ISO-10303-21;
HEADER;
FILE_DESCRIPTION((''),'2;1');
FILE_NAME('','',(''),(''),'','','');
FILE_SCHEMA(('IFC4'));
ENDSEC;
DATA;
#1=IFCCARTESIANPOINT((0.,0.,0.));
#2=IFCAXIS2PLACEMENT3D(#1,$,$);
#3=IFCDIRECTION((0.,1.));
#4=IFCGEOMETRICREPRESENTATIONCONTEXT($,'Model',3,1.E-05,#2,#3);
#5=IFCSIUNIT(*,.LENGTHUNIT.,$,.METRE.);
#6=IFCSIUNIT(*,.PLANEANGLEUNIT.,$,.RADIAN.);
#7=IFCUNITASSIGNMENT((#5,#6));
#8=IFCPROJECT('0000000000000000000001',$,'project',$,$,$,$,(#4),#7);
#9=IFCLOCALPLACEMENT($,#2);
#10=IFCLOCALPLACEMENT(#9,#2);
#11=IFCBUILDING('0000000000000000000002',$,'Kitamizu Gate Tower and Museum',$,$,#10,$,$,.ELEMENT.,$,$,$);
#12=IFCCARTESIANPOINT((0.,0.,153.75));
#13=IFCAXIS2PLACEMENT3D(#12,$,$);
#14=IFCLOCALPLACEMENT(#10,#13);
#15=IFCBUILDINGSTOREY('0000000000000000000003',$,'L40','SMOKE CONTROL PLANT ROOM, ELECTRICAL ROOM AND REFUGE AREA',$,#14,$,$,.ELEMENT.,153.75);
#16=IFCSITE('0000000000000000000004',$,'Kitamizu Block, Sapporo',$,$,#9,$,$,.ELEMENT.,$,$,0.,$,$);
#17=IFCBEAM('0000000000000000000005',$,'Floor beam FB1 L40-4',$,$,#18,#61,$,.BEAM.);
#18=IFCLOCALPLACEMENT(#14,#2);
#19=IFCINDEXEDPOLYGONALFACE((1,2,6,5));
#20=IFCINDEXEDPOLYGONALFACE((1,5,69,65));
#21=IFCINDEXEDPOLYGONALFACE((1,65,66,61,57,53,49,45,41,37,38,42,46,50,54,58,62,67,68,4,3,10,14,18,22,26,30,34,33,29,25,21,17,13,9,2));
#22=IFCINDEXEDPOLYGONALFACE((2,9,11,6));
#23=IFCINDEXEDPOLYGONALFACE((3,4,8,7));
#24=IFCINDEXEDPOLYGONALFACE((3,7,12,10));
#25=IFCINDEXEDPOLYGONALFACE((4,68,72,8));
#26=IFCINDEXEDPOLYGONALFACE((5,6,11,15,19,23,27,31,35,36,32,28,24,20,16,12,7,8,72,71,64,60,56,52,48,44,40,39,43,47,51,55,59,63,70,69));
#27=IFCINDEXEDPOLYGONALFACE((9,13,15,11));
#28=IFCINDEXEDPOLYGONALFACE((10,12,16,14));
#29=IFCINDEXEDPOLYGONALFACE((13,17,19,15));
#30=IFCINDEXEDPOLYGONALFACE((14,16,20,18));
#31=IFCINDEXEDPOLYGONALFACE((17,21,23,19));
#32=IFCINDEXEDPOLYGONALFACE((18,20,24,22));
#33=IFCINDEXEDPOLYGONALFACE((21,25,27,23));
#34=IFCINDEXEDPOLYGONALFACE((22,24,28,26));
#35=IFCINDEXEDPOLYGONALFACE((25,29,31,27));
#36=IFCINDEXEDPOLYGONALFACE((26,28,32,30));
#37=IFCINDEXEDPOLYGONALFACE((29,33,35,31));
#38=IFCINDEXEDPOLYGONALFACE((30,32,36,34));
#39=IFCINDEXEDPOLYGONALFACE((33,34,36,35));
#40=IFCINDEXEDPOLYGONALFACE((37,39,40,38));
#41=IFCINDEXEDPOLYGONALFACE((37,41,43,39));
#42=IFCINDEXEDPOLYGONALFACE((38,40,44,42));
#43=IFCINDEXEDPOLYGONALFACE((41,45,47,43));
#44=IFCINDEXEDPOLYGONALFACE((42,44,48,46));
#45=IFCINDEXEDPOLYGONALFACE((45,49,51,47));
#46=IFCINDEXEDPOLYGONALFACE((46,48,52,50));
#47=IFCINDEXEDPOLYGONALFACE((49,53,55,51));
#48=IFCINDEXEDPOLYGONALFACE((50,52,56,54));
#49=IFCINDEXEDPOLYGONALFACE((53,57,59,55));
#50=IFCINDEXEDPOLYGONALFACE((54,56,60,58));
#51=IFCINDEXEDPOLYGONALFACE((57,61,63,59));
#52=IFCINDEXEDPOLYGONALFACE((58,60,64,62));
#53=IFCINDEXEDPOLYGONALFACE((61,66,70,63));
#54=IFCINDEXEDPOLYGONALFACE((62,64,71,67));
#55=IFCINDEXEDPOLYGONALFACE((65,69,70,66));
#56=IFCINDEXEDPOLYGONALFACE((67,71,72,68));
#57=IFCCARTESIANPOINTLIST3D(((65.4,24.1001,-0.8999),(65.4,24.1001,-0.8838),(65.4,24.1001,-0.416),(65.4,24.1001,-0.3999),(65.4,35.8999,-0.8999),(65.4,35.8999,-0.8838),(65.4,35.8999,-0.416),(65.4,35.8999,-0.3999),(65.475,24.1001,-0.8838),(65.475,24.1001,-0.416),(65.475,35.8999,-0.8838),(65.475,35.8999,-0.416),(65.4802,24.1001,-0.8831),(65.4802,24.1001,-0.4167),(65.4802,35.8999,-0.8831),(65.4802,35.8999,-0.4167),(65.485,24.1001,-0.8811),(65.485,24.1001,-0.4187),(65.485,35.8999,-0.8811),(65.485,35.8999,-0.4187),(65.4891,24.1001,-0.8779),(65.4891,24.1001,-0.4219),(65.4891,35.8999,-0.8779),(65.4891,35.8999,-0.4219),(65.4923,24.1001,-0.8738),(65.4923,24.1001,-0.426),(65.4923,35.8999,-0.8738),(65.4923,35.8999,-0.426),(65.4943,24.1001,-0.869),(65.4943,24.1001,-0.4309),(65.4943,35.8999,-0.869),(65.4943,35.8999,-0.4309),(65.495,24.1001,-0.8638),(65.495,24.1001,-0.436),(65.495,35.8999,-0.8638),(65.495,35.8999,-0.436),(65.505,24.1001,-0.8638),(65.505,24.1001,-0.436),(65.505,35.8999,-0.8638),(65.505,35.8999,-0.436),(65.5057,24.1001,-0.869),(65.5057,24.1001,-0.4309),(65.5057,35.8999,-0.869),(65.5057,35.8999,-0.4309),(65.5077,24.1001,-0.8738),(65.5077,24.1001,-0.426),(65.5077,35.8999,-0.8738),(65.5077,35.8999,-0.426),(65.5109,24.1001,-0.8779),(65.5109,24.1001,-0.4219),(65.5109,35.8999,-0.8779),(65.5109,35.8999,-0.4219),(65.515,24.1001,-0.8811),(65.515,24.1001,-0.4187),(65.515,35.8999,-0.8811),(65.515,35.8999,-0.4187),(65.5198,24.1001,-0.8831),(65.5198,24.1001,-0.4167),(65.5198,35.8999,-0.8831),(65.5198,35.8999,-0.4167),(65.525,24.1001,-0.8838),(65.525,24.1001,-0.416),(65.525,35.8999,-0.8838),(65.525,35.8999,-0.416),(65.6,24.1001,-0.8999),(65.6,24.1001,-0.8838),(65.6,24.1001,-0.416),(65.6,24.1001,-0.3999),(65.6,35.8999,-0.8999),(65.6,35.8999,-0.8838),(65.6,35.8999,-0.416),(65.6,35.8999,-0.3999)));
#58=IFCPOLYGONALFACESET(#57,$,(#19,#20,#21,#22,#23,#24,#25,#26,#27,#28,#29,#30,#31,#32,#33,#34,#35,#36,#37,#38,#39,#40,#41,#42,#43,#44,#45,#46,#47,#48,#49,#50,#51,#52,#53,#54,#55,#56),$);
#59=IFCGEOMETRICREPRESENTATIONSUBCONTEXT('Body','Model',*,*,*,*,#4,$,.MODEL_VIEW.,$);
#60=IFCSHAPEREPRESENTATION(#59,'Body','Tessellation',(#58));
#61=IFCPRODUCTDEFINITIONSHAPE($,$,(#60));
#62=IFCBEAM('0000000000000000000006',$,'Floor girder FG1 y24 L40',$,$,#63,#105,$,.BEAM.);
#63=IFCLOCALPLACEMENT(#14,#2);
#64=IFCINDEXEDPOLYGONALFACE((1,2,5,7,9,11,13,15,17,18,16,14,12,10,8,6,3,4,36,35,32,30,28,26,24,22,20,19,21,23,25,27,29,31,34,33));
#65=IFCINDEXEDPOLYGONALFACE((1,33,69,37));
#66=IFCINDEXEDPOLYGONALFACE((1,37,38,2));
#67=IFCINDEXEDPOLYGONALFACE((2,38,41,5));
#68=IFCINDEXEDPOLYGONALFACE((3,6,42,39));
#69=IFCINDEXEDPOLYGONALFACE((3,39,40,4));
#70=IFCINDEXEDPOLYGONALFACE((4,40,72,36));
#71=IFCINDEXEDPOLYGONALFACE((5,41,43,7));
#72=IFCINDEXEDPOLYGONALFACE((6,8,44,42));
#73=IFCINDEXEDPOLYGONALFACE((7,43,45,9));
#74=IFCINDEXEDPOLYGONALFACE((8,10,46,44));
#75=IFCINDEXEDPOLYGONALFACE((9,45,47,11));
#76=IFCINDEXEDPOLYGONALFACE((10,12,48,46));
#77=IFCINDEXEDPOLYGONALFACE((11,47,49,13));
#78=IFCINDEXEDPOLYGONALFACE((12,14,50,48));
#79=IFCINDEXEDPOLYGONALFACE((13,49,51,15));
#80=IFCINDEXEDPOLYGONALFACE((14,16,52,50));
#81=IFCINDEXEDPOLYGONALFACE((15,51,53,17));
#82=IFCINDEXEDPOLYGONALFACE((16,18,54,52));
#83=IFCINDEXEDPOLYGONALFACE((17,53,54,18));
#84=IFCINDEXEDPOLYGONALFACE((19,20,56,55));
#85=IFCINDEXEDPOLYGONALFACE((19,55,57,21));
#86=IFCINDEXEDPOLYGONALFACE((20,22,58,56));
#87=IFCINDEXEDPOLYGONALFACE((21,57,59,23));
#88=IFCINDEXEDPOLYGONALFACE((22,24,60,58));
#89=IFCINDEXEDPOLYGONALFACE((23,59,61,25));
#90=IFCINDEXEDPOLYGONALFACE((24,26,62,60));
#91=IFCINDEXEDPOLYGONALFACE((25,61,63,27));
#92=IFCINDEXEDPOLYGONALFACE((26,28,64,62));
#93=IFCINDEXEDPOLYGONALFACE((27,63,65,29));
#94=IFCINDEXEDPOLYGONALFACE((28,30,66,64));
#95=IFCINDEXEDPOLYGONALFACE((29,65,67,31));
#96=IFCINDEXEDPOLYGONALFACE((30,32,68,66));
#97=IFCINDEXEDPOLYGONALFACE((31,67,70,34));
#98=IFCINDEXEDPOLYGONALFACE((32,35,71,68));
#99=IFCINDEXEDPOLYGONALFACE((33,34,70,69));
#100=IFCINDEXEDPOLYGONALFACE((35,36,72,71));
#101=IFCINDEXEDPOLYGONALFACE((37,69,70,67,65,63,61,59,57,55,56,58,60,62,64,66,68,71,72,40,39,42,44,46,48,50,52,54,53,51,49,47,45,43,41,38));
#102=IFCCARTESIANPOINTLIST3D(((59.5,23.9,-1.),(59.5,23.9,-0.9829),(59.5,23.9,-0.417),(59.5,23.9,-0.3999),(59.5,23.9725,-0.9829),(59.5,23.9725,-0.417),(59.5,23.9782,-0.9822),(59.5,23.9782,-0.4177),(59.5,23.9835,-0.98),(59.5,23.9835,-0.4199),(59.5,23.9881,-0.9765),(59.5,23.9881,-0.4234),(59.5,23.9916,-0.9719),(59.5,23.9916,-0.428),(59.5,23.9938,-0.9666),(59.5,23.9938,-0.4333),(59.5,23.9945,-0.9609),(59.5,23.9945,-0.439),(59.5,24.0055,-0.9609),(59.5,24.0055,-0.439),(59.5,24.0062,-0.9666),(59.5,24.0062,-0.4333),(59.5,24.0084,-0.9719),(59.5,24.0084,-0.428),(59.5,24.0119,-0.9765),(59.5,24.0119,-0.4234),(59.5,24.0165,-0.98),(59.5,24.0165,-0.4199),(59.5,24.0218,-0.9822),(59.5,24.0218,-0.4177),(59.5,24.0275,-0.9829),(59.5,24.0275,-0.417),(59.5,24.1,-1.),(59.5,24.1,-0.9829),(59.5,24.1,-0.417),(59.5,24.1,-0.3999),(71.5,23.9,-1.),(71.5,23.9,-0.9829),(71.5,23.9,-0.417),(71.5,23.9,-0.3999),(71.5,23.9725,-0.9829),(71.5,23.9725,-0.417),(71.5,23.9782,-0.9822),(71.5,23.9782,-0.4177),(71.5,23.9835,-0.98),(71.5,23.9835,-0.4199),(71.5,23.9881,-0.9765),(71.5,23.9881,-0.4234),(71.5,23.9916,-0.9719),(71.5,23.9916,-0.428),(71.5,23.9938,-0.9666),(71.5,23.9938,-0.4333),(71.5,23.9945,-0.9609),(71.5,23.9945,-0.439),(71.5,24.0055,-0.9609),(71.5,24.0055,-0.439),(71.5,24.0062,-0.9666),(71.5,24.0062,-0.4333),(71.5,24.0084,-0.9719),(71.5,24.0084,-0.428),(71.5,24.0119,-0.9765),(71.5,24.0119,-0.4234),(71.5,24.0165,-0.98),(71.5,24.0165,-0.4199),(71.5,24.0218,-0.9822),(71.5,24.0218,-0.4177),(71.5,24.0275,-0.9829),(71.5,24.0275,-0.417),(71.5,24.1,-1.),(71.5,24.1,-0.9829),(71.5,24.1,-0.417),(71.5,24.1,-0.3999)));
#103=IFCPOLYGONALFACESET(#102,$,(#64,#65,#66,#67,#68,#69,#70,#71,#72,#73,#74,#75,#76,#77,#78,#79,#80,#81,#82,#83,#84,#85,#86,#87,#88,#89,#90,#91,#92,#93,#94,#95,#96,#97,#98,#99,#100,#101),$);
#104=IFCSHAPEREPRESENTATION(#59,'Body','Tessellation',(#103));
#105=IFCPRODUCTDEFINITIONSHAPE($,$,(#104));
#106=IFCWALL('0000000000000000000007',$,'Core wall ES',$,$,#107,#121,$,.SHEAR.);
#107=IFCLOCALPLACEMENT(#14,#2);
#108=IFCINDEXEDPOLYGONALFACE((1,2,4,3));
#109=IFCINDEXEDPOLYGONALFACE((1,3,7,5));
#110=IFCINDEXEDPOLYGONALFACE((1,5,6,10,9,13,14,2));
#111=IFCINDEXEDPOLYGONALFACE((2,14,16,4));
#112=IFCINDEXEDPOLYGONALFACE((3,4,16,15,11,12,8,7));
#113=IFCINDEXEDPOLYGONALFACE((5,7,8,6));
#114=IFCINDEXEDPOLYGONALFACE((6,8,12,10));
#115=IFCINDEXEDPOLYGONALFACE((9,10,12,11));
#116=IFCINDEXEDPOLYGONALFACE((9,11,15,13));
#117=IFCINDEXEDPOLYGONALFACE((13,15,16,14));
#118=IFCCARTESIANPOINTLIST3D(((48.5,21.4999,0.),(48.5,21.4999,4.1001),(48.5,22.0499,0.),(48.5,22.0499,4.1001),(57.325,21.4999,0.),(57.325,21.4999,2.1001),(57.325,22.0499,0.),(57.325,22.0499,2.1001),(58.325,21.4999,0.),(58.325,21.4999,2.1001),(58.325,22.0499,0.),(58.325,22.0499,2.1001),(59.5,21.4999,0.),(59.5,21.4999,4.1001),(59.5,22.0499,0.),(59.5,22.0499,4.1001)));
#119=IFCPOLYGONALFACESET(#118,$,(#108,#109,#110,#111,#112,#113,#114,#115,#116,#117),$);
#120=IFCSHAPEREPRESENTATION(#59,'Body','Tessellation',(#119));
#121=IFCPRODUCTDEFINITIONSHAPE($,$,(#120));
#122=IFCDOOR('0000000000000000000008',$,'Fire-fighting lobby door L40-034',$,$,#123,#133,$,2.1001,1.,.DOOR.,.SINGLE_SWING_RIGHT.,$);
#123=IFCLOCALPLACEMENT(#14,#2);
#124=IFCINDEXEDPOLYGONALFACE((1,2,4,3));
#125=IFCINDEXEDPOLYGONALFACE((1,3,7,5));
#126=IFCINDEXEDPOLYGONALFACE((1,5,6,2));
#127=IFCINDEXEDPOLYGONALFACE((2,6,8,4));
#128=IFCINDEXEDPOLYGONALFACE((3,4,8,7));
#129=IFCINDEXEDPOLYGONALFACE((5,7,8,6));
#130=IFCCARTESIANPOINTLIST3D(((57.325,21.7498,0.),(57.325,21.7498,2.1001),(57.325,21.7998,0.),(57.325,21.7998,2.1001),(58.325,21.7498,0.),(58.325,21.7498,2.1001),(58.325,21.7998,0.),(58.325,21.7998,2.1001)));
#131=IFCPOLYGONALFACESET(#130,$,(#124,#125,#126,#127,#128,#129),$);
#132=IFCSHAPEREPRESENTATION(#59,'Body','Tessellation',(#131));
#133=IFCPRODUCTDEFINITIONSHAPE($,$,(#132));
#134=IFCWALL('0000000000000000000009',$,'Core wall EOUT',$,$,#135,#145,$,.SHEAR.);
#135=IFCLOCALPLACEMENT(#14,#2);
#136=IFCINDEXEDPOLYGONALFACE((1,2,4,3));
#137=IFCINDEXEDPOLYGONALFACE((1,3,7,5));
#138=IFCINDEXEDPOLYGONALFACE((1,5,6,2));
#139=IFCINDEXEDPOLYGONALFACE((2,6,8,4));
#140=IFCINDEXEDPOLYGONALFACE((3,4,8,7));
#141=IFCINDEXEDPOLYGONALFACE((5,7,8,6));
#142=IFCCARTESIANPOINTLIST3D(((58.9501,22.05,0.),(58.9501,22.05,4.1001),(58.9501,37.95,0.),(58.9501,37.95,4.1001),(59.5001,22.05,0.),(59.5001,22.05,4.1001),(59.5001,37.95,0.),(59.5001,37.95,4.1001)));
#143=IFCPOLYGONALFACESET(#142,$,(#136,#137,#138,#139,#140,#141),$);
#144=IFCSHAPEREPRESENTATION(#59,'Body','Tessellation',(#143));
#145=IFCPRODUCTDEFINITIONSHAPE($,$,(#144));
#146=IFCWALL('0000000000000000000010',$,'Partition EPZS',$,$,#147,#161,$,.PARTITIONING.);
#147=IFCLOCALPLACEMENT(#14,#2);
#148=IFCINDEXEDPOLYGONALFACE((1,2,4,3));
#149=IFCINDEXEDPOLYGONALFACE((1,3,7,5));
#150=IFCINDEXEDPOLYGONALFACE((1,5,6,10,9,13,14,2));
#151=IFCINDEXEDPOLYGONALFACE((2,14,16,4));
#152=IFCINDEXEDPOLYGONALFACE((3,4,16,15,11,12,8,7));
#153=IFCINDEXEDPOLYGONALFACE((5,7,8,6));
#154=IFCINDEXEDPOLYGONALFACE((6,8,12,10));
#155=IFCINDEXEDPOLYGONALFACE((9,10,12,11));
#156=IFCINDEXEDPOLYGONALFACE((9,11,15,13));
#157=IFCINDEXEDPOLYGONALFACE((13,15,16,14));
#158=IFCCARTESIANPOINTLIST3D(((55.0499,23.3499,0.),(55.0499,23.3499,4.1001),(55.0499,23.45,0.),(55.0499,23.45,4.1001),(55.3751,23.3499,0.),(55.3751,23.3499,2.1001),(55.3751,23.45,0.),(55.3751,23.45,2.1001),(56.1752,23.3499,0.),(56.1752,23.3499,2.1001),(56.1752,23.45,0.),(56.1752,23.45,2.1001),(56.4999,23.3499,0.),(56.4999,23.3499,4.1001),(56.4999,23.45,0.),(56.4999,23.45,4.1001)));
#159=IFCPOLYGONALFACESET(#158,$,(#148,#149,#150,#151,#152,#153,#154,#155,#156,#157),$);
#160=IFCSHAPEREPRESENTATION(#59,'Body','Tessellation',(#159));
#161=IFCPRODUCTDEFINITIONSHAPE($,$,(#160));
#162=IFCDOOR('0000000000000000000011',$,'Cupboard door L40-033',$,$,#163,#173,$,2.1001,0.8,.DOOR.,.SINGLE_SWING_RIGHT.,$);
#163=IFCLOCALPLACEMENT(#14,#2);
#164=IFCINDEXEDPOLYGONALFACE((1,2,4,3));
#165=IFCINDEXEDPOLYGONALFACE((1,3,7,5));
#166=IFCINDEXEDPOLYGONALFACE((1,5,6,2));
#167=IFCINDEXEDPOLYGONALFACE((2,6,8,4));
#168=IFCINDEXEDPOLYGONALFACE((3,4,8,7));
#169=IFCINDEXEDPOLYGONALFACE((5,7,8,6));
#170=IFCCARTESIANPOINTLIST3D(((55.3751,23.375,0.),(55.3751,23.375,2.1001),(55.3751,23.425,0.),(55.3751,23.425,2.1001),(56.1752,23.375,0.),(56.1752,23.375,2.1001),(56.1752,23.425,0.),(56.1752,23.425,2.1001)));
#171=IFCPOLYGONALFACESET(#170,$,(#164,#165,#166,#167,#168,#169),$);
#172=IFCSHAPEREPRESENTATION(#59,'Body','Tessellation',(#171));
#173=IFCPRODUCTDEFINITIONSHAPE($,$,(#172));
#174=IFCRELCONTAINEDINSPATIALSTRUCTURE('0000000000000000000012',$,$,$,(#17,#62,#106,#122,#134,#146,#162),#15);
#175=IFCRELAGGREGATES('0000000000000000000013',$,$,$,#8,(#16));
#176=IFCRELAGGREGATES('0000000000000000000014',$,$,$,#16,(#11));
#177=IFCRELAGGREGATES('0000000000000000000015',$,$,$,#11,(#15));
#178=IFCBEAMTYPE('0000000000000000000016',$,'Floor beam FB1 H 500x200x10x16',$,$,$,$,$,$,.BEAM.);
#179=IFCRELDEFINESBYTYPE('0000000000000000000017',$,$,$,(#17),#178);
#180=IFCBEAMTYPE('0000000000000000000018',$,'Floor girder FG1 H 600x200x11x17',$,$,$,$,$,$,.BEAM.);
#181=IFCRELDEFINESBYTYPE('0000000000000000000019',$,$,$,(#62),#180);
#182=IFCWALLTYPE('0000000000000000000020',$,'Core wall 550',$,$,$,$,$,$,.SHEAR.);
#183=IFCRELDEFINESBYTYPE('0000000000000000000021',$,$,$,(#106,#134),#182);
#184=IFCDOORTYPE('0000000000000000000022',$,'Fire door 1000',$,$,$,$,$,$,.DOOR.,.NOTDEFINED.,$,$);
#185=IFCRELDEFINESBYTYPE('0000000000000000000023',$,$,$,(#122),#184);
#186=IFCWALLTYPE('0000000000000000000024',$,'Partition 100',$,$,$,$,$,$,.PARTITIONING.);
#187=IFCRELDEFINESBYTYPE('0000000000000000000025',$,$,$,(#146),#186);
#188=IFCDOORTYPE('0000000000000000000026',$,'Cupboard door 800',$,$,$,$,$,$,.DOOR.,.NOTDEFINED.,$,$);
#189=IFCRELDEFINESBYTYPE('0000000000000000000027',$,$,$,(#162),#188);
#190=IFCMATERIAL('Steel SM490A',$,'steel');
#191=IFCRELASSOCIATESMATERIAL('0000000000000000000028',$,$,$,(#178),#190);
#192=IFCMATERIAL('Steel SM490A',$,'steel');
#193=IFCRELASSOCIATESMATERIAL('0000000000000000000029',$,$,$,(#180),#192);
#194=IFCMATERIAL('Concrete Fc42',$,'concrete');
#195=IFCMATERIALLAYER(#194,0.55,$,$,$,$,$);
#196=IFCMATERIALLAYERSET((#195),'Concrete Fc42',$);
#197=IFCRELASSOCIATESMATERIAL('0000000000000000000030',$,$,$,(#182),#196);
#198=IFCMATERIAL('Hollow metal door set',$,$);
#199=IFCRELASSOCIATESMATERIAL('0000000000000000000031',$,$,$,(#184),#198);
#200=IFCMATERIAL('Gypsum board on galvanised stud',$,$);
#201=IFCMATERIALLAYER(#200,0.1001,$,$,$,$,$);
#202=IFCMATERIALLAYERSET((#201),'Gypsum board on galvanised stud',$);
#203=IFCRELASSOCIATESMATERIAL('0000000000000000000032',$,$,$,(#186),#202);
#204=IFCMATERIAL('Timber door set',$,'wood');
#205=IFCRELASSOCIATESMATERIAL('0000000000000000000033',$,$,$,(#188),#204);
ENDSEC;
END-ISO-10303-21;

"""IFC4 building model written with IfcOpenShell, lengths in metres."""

from ifc_helpers import new_model, si_unit, direction, frame, frame_2d, origin, origin_2d, place, context, subcontext, project, spatial, rectangle, i_section, extrude, material, layer, layer_set, material_profile, profile_set, type_object, element, fill, save


model = new_model("IFC4")

# Units and contexts
model_context = context("Model", 3, precision=1e-05, world=origin(), true_north=direction((0.0, 1.0)))
body_context = subcontext(model_context, "Body", "Model", "MODEL_VIEW")
ifc_project = project(units=[si_unit("LENGTHUNIT", "METRE"), si_unit("PLANEANGLEUNIT", "RADIAN")], contexts=[model_context])

# Site, building, storey
site_placement = place(None, origin())
site = spatial("IfcSite", under=ifc_project, at=site_placement, Name="Kitamizu Block, Sapporo", CompositionType="ELEMENT", RefElevation=0.0)
building_placement = place(site_placement, origin())
building = spatial("IfcBuilding", under=site, at=building_placement, Name="Kitamizu Gate Tower and Museum", CompositionType="ELEMENT")
storey_placement = place(building_placement, frame((0.0, 0.0, 153.75)))
storey = spatial("IfcBuildingStorey", under=building, at=storey_placement, Name="L40", Description="SMOKE CONTROL PLANT ROOM, ELECTRICAL ROOM AND REFUGE AREA", CompositionType="ELEMENT", Elevation=153.75)

# Beams
ifc_material_1 = material(Name="Steel SM490A", Category="steel")
ifc_material_profile_1 = material_profile(ifc_material_1, i_section(OverallWidth=0.2, OverallDepth=0.5, WebThickness=0.01, FlangeThickness=0.0161, FilletRadius=0.02, at=origin_2d()), Name="H-500x200x10x16")
ifc_profile_set_1 = profile_set([ifc_material_profile_1], Name="Steel SM490A")
beam_type_1 = type_object("IfcBeamType", Name="Floor beam FB1 H 500x200x10x16", PredefinedType="BEAM", material=ifc_profile_set_1)
beam_1_placement = place(storey_placement, frame((65.5, 24.1001, -0.6499), z_axis=(0.0, 1.0, 0.0), x_axis=(-1.0, 0.0, 0.0)))
element("IfcBeam", 1, at=beam_1_placement, inside=storey, type_object=beam_type_1, Name="Floor beam FB1 L40-4", PredefinedType="BEAM", context=body_context, shape_type="SweptSolid", body=[
    extrude(i_section(OverallWidth=0.2, OverallDepth=0.5, WebThickness=0.01, FlangeThickness=0.0161, FilletRadius=0.02, at=origin_2d()), origin(), (0.0, 0.0, 1.0), 11.7998),
])
ifc_material_2 = material(Name="Steel SM490A", Category="steel")
ifc_material_profile_2 = material_profile(ifc_material_2, i_section(OverallWidth=0.2, OverallDepth=0.6001, WebThickness=0.011, FlangeThickness=0.0171, FilletRadius=0.022, at=origin_2d()), Name="H-600x200x11x17")
ifc_profile_set_2 = profile_set([ifc_material_profile_2], Name="Steel SM490A")
beam_type_2 = type_object("IfcBeamType", Name="Floor girder FG1 H 600x200x11x17", PredefinedType="BEAM", material=ifc_profile_set_2)
beam_2_placement = place(storey_placement, frame((59.5, 24.0, -0.7), z_axis=(1.0, 0.0, 0.0), x_axis=(0.0, 1.0, 0.0)))
element("IfcBeam", 2, at=beam_2_placement, inside=storey, type_object=beam_type_2, Name="Floor girder FG1 y24 L40", PredefinedType="BEAM", context=body_context, shape_type="SweptSolid", body=[
    extrude(i_section(OverallWidth=0.2, OverallDepth=0.6001, WebThickness=0.011, FlangeThickness=0.0171, FilletRadius=0.022, at=origin_2d()), origin(), (0.0, 0.0, 1.0), 12.0),
])

# Wall, opening, door
ifc_material_3 = material(Name="Concrete Fc42", Category="concrete")
ifc_layer_1 = layer(ifc_material_3, 0.55)
ifc_layer_set_1 = layer_set([ifc_layer_1], Name="Concrete Fc42")
wall_type_1 = type_object("IfcWallType", Name="Core wall 550", PredefinedType="SHEAR", material=ifc_layer_set_1)
wall_1_placement = place(storey_placement, frame((59.5, 21.7749, 0.0), z_axis=(0.0, 0.0, 1.0), x_axis=(-1.0, 0.0, 0.0)))
wall_1 = element("IfcWall", 3, at=wall_1_placement, inside=storey, type_object=wall_type_1, Name="Core wall ES", PredefinedType="SHEAR", context=body_context, shape_type="SweptSolid", body=[
    extrude(rectangle(XDim=11.0, YDim=0.55, at=frame_2d((5.5, 0.0))), origin(), (0.0, 0.0, 1.0), 4.1001),
])
opening_1_placement = place(wall_1_placement, frame((1.175, 0.0, 0.0)))
opening_1 = element("IfcOpeningElement", 4, at=opening_1_placement, cuts=wall_1, PredefinedType="OPENING", context=body_context, shape_type="SweptSolid", body=[
    extrude(rectangle(XDim=1.0, YDim=2.1001, at=frame_2d((0.5, 1.05))), frame((0.0, 0.2852, 0.0), z_axis=(0.0, -1.0, 0.0), x_axis=(1.0, 0.0, 0.0)), (0.0, 0.0, 1.0), 0.5701),
])
ifc_material_4 = material(Name="Hollow metal door set")
door_type_1 = type_object("IfcDoorType", Name="Fire door 1000", OperationType="NOTDEFINED", PredefinedType="DOOR", material=ifc_material_4)
door_1_placement = place(opening_1_placement, frame((1.0, 0.0, 0.0), x_axis=(-1.0, 0.0, 0.0)))
door_1 = element("IfcDoor", 5, at=door_1_placement, inside=storey, type_object=door_type_1, Name="Fire-fighting lobby door L40-034", OperationType="SINGLE_SWING_RIGHT", OverallHeight=2.1001, OverallWidth=1.0, PredefinedType="DOOR", context=body_context, shape_type="SweptSolid", body=[
    extrude(rectangle(XDim=1.0, YDim=2.1001, at=frame_2d((0.5, 1.05))), frame((0.0, 0.0249, 0.0), z_axis=(0.0, -1.0, 0.0), x_axis=(1.0, 0.0, 0.0)), (0.0, 0.0, 1.0), 0.05),
])
fill(opening_1, door_1)

# Wall
wall_2_placement = place(storey_placement, frame((59.2251, 22.05, 0.0), z_axis=(0.0, 0.0, 1.0), x_axis=(0.0, 1.0, 0.0)))
element("IfcWall", 6, at=wall_2_placement, inside=storey, type_object=wall_type_1, Name="Core wall EOUT", PredefinedType="SHEAR", context=body_context, shape_type="SweptSolid", body=[
    extrude(rectangle(XDim=15.8999, YDim=0.55, at=frame_2d((7.95, 0.0))), origin(), (0.0, 0.0, 1.0), 4.1001),
])

# Wall, opening, door
ifc_material_5 = material(Name="Gypsum board on galvanised stud")
ifc_layer_2 = layer(ifc_material_5, 0.1001)
ifc_layer_set_2 = layer_set([ifc_layer_2], Name="Gypsum board on galvanised stud")
wall_type_2 = type_object("IfcWallType", Name="Partition 100", PredefinedType="PARTITIONING", material=ifc_layer_set_2)
wall_3_placement = place(storey_placement, frame((56.5, 23.3999, 0.0), z_axis=(0.0, 0.0, 1.0), x_axis=(-1.0, 0.0, 0.0)))
wall_3 = element("IfcWall", 7, at=wall_3_placement, inside=storey, type_object=wall_type_2, Name="Partition EPZS", PredefinedType="PARTITIONING", context=body_context, shape_type="SweptSolid", body=[
    extrude(rectangle(XDim=1.45, YDim=0.1001, at=frame_2d((0.7251, 0.0))), origin(), (0.0, 0.0, 1.0), 4.1001),
])
opening_2_placement = place(wall_3_placement, frame((0.325, 0.0, 0.0)))
opening_2 = element("IfcOpeningElement", 8, at=opening_2_placement, cuts=wall_3, PredefinedType="OPENING", context=body_context, shape_type="SweptSolid", body=[
    extrude(rectangle(XDim=0.8, YDim=2.1001, at=frame_2d((0.3999, 1.05))), frame((0.0, 0.0601, 0.0), z_axis=(0.0, -1.0, 0.0), x_axis=(1.0, 0.0, 0.0)), (0.0, 0.0, 1.0), 0.1201),
])
ifc_material_6 = material(Name="Timber door set", Category="wood")
door_type_2 = type_object("IfcDoorType", Name="Cupboard door 800", OperationType="NOTDEFINED", PredefinedType="DOOR", material=ifc_material_6)
door_2_placement = place(opening_2_placement, origin())
door_2 = element("IfcDoor", 9, at=door_2_placement, inside=storey, type_object=door_type_2, Name="Cupboard door L40-033", OperationType="SINGLE_SWING_RIGHT", OverallHeight=2.1001, OverallWidth=0.8, PredefinedType="DOOR", context=body_context, shape_type="SweptSolid", body=[
    extrude(rectangle(XDim=0.8, YDim=2.1001, at=frame_2d((0.3999, 1.05))), frame((0.0, 0.0249, 0.0), z_axis=(0.0, -1.0, 0.0), x_axis=(1.0, 0.0, 0.0)), (0.0, 0.0, 1.0), 0.05),
])
fill(opening_2, door_2)

save(model, "model.ifc")
